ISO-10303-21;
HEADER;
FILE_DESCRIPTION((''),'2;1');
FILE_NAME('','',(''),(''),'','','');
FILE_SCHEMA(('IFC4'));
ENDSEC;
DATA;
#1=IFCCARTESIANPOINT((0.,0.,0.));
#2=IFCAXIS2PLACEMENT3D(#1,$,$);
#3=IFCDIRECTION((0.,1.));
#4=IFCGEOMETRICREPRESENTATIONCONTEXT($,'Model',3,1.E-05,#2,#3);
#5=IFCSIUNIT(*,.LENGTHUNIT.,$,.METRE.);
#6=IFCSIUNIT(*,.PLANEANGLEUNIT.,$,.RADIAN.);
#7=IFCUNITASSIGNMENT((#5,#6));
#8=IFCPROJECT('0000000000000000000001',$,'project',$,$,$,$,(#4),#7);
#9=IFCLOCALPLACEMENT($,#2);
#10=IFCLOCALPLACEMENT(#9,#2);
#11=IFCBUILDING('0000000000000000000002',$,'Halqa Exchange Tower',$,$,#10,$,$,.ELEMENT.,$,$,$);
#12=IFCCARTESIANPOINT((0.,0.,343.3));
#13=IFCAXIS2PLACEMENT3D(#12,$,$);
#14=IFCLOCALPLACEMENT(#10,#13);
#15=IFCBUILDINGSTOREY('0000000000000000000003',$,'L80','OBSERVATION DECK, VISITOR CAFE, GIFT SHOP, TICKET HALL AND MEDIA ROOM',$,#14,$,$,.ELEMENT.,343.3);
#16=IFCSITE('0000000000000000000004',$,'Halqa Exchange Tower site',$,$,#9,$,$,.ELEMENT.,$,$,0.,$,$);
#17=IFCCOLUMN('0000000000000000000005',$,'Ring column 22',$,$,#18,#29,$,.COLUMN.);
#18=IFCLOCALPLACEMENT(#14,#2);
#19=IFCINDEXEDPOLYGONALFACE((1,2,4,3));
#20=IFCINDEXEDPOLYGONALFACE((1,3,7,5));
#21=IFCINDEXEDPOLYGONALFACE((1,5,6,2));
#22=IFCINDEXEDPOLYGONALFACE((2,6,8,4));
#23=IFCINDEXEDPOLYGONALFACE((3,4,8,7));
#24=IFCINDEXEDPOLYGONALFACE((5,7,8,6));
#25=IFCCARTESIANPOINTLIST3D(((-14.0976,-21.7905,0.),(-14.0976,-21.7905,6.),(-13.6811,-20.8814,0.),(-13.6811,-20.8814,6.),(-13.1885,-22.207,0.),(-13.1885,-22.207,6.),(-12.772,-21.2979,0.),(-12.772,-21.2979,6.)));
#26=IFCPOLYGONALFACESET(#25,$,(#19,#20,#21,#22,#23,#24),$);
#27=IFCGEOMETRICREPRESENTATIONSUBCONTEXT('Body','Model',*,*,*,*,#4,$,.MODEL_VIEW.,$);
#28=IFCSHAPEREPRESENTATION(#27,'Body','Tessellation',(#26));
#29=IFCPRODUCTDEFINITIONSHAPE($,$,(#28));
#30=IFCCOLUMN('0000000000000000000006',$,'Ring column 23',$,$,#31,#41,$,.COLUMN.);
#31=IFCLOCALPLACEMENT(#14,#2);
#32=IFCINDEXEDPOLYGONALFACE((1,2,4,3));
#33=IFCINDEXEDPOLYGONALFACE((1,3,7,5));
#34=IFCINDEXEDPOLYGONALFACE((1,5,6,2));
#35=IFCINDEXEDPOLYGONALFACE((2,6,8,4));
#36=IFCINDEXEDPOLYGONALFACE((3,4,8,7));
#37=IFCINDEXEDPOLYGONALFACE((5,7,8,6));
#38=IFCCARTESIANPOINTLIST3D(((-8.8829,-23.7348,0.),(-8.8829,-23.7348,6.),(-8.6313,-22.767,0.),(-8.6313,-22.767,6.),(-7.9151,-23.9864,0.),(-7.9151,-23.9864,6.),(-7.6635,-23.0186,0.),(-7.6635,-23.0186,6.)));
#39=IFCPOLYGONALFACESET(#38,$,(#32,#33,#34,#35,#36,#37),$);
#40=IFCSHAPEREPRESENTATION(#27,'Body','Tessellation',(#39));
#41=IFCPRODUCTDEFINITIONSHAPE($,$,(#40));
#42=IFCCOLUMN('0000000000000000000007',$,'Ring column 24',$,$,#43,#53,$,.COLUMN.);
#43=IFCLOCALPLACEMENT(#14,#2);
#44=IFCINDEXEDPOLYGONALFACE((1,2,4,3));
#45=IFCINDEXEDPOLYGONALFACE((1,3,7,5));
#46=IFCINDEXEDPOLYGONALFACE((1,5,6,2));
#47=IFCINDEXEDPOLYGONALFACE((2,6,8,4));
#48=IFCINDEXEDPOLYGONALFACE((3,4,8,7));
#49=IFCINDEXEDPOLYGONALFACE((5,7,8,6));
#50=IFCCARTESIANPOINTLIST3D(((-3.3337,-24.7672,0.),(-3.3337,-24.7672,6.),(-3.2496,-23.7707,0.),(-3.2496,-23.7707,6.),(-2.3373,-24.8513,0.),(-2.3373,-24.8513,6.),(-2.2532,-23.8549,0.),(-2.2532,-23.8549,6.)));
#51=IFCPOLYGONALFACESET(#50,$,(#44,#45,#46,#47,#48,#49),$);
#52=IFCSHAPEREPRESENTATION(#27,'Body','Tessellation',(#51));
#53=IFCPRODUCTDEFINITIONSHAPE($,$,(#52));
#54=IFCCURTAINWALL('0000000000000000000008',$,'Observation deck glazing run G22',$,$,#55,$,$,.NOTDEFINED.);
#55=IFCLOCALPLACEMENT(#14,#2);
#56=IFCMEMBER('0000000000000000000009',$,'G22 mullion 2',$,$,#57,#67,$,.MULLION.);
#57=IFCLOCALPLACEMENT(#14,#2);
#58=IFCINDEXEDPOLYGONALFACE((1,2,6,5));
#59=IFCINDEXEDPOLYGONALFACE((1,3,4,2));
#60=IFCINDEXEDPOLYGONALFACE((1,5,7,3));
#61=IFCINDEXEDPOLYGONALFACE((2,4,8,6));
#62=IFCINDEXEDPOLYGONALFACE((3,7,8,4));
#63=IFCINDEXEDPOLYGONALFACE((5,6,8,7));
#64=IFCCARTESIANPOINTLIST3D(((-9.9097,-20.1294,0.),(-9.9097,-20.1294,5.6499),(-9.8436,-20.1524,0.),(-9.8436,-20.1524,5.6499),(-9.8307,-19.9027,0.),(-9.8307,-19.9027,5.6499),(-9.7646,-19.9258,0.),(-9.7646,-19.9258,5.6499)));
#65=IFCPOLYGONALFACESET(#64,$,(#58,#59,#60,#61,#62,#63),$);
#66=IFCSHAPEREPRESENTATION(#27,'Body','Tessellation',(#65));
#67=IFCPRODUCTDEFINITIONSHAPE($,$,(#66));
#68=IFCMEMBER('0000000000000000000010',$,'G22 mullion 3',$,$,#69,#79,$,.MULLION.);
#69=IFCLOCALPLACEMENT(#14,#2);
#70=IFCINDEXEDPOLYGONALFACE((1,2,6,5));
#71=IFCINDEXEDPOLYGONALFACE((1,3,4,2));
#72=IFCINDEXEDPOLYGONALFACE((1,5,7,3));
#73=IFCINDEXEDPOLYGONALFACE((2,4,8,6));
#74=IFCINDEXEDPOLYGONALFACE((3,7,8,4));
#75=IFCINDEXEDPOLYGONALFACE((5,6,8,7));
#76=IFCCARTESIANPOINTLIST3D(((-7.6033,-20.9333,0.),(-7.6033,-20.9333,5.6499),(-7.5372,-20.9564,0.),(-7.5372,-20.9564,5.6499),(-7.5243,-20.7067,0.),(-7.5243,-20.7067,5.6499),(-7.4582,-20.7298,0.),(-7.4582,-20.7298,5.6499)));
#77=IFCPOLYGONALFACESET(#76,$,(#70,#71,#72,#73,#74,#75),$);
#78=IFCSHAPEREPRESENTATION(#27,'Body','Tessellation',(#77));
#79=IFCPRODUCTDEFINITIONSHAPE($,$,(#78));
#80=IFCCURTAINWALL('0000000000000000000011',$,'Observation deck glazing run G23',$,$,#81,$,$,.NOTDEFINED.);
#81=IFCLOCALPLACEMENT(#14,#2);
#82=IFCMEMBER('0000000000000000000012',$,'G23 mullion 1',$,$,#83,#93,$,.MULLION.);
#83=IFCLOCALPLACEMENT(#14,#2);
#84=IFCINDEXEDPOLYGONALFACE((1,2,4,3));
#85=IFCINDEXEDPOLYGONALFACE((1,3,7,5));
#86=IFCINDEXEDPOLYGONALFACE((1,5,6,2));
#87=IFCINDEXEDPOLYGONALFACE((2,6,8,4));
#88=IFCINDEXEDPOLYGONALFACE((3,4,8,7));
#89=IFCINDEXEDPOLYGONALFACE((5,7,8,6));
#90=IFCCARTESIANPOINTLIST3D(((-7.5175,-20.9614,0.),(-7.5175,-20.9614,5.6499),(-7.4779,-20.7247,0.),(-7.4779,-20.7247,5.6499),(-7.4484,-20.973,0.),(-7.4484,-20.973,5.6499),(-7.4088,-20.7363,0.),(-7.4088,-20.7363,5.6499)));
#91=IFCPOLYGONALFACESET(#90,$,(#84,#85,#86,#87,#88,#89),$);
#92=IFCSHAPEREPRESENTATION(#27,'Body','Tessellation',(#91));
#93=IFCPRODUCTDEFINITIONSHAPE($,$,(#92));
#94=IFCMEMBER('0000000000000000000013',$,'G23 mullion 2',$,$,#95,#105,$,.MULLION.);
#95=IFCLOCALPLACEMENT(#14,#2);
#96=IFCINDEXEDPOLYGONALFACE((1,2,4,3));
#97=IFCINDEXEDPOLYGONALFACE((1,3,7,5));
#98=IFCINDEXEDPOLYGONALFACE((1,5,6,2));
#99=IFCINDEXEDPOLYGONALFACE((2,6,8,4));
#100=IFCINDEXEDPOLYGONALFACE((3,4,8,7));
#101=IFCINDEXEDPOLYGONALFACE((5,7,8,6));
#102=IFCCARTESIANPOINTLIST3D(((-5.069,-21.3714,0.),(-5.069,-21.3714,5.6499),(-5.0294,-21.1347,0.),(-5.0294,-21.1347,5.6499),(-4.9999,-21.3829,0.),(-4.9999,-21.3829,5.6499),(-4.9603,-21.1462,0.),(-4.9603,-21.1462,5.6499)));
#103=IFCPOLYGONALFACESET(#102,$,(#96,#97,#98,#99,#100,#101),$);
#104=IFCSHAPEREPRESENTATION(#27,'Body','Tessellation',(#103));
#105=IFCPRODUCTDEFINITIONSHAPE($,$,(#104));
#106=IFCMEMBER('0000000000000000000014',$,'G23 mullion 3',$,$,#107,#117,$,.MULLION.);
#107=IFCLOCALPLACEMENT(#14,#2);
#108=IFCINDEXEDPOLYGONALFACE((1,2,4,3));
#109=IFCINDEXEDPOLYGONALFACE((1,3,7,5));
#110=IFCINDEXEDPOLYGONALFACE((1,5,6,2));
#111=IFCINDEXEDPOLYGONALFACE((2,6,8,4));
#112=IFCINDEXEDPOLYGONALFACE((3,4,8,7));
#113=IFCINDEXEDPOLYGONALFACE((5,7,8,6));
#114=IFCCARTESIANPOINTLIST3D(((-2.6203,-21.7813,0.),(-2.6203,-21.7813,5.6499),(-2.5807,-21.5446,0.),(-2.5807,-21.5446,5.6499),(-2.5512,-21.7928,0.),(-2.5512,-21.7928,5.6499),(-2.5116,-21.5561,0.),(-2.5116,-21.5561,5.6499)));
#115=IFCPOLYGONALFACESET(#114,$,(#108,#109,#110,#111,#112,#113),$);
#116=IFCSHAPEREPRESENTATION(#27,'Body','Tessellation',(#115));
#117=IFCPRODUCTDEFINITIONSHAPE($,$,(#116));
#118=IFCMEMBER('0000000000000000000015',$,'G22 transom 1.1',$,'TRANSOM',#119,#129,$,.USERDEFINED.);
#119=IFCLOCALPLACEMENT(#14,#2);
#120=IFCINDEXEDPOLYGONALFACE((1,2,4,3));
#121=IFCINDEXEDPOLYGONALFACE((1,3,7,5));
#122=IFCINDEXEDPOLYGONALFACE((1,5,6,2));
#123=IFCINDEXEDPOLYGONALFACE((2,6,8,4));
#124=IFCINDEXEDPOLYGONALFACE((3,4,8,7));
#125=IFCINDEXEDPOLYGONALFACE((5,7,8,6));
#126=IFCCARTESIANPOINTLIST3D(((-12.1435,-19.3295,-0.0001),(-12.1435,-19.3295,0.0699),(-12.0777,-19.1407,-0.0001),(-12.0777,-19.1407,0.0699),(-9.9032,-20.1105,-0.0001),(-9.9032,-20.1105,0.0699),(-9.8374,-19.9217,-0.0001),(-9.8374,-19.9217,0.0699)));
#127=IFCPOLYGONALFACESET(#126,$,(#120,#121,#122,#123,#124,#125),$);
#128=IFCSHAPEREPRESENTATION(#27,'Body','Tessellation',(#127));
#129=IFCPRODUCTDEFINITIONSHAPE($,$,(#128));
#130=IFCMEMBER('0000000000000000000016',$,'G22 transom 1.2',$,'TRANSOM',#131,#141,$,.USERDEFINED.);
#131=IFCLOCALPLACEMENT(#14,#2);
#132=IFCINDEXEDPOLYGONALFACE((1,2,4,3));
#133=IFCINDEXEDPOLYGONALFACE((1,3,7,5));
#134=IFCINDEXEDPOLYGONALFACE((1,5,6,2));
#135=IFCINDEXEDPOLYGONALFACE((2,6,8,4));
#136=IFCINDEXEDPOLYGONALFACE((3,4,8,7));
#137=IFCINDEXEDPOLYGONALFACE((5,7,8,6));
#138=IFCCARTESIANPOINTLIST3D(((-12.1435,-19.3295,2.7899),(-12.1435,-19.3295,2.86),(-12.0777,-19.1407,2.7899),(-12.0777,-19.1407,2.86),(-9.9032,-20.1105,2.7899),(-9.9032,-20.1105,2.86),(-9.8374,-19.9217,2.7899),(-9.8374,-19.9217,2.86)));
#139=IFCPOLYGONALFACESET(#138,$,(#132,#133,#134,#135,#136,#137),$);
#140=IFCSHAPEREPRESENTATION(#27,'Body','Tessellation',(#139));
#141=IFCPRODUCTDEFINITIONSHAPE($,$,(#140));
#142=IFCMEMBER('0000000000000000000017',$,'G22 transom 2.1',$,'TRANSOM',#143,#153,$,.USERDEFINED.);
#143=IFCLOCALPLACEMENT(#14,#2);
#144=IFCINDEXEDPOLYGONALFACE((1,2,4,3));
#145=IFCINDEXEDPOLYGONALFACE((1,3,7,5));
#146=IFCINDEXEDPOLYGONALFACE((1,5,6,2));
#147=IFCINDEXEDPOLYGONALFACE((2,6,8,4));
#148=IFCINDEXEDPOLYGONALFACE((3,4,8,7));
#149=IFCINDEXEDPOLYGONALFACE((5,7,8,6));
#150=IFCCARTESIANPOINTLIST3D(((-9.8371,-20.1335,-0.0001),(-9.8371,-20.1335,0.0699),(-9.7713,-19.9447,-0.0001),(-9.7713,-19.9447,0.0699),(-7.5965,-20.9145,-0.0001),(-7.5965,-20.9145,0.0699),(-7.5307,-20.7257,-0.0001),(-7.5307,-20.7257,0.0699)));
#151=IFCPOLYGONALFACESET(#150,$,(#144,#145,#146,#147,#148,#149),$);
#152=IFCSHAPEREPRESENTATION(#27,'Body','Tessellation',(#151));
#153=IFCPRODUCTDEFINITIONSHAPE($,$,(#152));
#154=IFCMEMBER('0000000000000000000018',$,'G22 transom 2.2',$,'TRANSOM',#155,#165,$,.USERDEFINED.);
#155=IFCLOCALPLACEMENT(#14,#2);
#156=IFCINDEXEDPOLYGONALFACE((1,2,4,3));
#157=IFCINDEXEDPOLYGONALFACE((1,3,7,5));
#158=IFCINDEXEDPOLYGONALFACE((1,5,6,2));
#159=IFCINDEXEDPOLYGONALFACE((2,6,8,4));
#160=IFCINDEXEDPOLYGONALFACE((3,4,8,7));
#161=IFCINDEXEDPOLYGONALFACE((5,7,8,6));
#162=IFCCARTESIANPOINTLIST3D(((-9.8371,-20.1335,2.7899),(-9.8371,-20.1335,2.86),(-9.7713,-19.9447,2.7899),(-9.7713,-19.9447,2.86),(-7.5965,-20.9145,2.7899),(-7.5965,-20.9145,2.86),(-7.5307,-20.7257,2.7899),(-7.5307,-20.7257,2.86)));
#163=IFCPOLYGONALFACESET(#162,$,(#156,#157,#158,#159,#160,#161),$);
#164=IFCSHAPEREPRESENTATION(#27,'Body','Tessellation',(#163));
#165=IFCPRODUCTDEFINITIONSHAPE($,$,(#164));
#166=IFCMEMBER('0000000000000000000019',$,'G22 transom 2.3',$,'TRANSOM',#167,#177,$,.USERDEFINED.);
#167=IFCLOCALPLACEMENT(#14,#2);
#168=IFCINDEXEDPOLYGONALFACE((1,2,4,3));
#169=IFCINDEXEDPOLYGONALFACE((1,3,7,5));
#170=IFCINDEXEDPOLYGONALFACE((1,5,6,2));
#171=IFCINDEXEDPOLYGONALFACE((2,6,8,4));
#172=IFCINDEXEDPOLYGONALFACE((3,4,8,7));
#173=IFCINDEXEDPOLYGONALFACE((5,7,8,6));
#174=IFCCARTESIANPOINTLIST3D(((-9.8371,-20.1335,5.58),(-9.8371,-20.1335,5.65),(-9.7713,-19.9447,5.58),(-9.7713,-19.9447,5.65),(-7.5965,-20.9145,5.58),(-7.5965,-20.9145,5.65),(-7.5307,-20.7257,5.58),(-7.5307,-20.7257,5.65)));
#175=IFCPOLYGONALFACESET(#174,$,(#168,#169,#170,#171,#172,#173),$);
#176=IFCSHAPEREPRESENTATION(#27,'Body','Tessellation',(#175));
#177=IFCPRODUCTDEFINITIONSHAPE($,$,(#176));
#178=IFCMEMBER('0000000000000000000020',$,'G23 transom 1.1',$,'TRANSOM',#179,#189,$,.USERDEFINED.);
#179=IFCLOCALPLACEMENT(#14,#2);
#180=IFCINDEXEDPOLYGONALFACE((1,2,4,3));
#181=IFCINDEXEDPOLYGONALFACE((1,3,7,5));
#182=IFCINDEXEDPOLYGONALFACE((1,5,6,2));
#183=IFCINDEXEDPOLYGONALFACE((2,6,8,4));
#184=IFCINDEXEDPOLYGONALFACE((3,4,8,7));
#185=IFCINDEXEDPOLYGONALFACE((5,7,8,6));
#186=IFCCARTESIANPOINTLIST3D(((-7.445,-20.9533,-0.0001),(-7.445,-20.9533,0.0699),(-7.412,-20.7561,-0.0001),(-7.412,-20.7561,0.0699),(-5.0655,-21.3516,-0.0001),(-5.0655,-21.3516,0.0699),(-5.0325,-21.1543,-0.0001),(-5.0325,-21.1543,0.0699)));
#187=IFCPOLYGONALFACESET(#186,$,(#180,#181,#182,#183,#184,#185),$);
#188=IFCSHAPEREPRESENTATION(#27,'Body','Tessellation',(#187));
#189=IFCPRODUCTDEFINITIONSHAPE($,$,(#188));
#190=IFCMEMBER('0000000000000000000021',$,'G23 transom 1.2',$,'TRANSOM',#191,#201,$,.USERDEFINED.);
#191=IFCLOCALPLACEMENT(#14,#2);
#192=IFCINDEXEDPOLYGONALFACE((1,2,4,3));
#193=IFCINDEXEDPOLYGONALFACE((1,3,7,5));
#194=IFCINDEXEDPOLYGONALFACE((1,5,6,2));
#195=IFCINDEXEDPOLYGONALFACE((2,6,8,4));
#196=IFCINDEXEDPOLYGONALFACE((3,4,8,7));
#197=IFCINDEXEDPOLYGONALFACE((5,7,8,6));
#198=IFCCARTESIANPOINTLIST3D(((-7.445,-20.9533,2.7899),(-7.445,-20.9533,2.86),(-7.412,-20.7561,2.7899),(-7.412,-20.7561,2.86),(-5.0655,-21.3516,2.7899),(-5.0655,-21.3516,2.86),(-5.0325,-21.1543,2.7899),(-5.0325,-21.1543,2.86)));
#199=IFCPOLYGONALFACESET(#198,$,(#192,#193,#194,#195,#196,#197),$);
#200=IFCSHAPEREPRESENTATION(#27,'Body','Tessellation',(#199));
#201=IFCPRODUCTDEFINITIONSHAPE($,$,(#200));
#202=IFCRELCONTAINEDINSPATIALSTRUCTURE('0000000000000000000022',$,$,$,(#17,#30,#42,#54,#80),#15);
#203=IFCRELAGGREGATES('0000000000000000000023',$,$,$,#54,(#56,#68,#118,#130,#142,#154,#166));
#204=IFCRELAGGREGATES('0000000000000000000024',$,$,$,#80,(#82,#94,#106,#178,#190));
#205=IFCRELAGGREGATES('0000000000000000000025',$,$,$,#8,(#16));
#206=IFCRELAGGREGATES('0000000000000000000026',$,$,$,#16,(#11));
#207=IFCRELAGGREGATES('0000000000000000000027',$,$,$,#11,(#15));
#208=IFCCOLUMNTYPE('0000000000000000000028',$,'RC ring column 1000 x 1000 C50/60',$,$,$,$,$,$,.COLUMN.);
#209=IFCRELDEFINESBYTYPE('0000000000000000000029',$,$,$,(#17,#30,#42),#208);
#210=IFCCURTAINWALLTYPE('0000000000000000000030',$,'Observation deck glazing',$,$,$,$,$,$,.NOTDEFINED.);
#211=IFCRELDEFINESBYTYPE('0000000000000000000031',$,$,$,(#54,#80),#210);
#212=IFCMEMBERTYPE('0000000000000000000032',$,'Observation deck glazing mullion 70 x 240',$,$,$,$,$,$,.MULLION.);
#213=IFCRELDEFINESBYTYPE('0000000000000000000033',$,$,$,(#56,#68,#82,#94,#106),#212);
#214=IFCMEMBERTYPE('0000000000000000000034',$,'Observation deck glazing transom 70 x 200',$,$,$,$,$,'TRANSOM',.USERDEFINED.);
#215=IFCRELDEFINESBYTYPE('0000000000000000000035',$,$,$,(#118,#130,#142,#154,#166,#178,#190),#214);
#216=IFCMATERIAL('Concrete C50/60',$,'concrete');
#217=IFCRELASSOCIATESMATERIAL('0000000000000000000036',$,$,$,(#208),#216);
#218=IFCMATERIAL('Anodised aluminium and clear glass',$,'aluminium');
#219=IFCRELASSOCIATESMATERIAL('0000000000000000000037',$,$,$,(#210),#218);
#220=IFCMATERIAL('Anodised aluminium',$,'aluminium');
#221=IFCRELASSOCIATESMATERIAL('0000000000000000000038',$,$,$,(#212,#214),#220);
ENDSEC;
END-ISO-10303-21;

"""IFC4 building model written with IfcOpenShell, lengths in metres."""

from ifc_helpers import new_model, si_unit, direction, frame, origin, origin_2d, place, context, subcontext, project, spatial, rectangle, extrude, material, material_profile, profile_set, type_object, element, aggregate, save


model = new_model("IFC4")

# Units and contexts
model_context = context("Model", 3, precision=1e-05, world=origin(), true_north=direction((0.0, 1.0)))
body_context = subcontext(model_context, "Body", "Model", "MODEL_VIEW")
ifc_project = project(units=[si_unit("LENGTHUNIT", "METRE"), si_unit("PLANEANGLEUNIT", "RADIAN")], contexts=[model_context])

# Site, building, storey
site_placement = place(None, origin())
site = spatial("IfcSite", under=ifc_project, at=site_placement, Name="Halqa Exchange Tower site", CompositionType="ELEMENT", RefElevation=0.0)
building_placement = place(site_placement, origin())
building = spatial("IfcBuilding", under=site, at=building_placement, Name="Halqa Exchange Tower", CompositionType="ELEMENT")
storey_placement = place(building_placement, frame((0.0, 0.0, 343.3)))
storey = spatial("IfcBuildingStorey", under=building, at=storey_placement, Name="L80", Description="OBSERVATION DECK, VISITOR CAFE, GIFT SHOP, TICKET HALL AND MEDIA ROOM", CompositionType="ELEMENT", Elevation=343.3)

# Columns
ifc_material_1 = material(Name="Concrete C50/60", Category="concrete")
ifc_material_profile_1 = material_profile(ifc_material_1, rectangle(XDim=1.0, YDim=1.0, at=origin_2d()), Name="1000 x 1000")
ifc_profile_set_1 = profile_set([ifc_material_profile_1], Name="Concrete C50/60")
column_type = type_object("IfcColumnType", Name="RC ring column 1000 x 1000 C50/60", PredefinedType="COLUMN", material=ifc_profile_set_1)
for number, where, z_axis, x_axis, name in (
    (1, (-13.4348, -21.5442, 0.0), (0.0, 0.0, 1.0), (0.909129, -0.416516, 0.0), "Ring column 22"),
    (2, (-8.2732, -23.3767, 0.0), (0.0, 0.0, 1.0), (0.967819, -0.251647, 0.0), "Ring column 23"),
    (3, (-2.7935, -24.311, 0.0), (0.0, 0.0, 1.0), (0.996455, -0.084127, 0.0), "Ring column 24"),
):
    element("IfcColumn", number, at=place(storey_placement, frame(where, z_axis=z_axis, x_axis=x_axis)), inside=storey, type_object=column_type, Name=name, PredefinedType="COLUMN", context=body_context, shape_type="SweptSolid", body=[
        extrude(rectangle(XDim=1.0, YDim=1.0, at=origin_2d()), origin(), (0.0, 0.0, 1.0), 6.0),
    ])

# Curtain walls, members
ifc_material_2 = material(Name="Anodised aluminium and clear glass", Category="aluminium")
curtain_wall_type = type_object("IfcCurtainWallType", Name="Observation deck glazing", PredefinedType="NOTDEFINED", material=ifc_material_2)
curtain_wall_1_placement = place(storey_placement, origin())
curtain_wall_1 = element("IfcCurtainWall", 4, at=curtain_wall_1_placement, inside=storey, type_object=curtain_wall_type, Name="Observation deck glazing run G22", PredefinedType="NOTDEFINED")
ifc_material_3 = material(Name="Anodised aluminium", Category="aluminium")
ifc_material_profile_2 = material_profile(ifc_material_3, rectangle(XDim=0.24, YDim=0.0701, at=origin_2d()), Name="AL 70x240")
ifc_profile_set_2 = profile_set([ifc_material_profile_2], Name="Anodised aluminium")
member_type_1 = type_object("IfcMemberType", Name="Observation deck glazing mullion 70 x 240", PredefinedType="MULLION", material=ifc_profile_set_2)
member_1_placement = place(storey_placement, frame((-9.8372, -20.0276, 0.0), z_axis=(0.0, 0.0, 1.0), x_axis=(0.32916, 0.944274, 0.0)))
member_1 = element("IfcMember", 5, at=member_1_placement, type_object=member_type_1, Name="G22 mullion 2", PredefinedType="MULLION", context=body_context, shape_type="SweptSolid", body=[
    extrude(rectangle(XDim=0.24, YDim=0.0701, at=origin_2d()), origin(), (0.0, 0.0, 1.0), 5.6499),
])
member_2_placement = place(storey_placement, frame((-7.5308, -20.8315, 0.0), z_axis=(0.0, 0.0, 1.0), x_axis=(0.32916, 0.944274, 0.0)))
member_2 = element("IfcMember", 6, at=member_2_placement, type_object=member_type_1, Name="G22 mullion 3", PredefinedType="MULLION", context=body_context, shape_type="SweptSolid", body=[
    extrude(rectangle(XDim=0.24, YDim=0.0701, at=origin_2d()), origin(), (0.0, 0.0, 1.0), 5.6499),
])
curtain_wall_2_placement = place(storey_placement, origin())
curtain_wall_2 = element("IfcCurtainWall", 7, at=curtain_wall_2_placement, inside=storey, type_object=curtain_wall_type, Name="Observation deck glazing run G23", PredefinedType="NOTDEFINED")
member_3_placement = place(storey_placement, frame((-7.4631, -20.8489, 0.0), z_axis=(0.0, 0.0, 1.0), x_axis=(0.165117, 0.986274, 0.0)))
member_3 = element("IfcMember", 8, at=member_3_placement, type_object=member_type_1, Name="G23 mullion 1", PredefinedType="MULLION", context=body_context, shape_type="SweptSolid", body=[
    extrude(rectangle(XDim=0.24, YDim=0.0701, at=origin_2d()), origin(), (0.0, 0.0, 1.0), 5.6499),
])
member_4_placement = place(storey_placement, frame((-5.0146, -21.2588, 0.0), z_axis=(0.0, 0.0, 1.0), x_axis=(0.165117, 0.986274, 0.0)))
member_4 = element("IfcMember", 9, at=member_4_placement, type_object=member_type_1, Name="G23 mullion 2", PredefinedType="MULLION", context=body_context, shape_type="SweptSolid", body=[
    extrude(rectangle(XDim=0.24, YDim=0.0701, at=origin_2d()), origin(), (0.0, 0.0, 1.0), 5.6499),
])
member_5_placement = place(storey_placement, frame((-2.5659, -21.6687, 0.0), z_axis=(0.0, 0.0, 1.0), x_axis=(0.165117, 0.986274, 0.0)))
member_5 = element("IfcMember", 10, at=member_5_placement, type_object=member_type_1, Name="G23 mullion 3", PredefinedType="MULLION", context=body_context, shape_type="SweptSolid", body=[
    extrude(rectangle(XDim=0.24, YDim=0.0701, at=origin_2d()), origin(), (0.0, 0.0, 1.0), 5.6499),
])

# Members
ifc_material_profile_3 = material_profile(ifc_material_3, rectangle(XDim=0.2, YDim=0.0701, at=origin_2d()), Name="AL 70x200")
ifc_profile_set_3 = profile_set([ifc_material_profile_3], Name="Anodised aluminium")
member_type_2 = type_object("IfcMemberType", Name="Observation deck glazing transom 70 x 200", ElementType="TRANSOM", PredefinedType="USERDEFINED", material=ifc_profile_set_3)
member_6_placement = place(storey_placement, frame((-12.1106, -19.2351, 0.0349), z_axis=(0.944262, -0.329195, 0.0), x_axis=(0.329195, 0.944262, 0.0)))
member_6 = element("IfcMember", 11, at=member_6_placement, type_object=member_type_2, Name="G22 transom 1.1", ObjectType="TRANSOM", PredefinedType="USERDEFINED", context=body_context, shape_type="SweptSolid", body=[
    extrude(rectangle(XDim=0.2, YDim=0.0701, at=origin_2d()), origin(), (0.0, 0.0, 1.0), 2.3726),
])
member_7_placement = place(storey_placement, frame((-12.1106, -19.2351, 2.825), z_axis=(0.944262, -0.329195, 0.0), x_axis=(0.329195, 0.944262, 0.0)))
member_7 = element("IfcMember", 12, at=member_7_placement, type_object=member_type_2, Name="G22 transom 1.2", ObjectType="TRANSOM", PredefinedType="USERDEFINED", context=body_context, shape_type="SweptSolid", body=[
    extrude(rectangle(XDim=0.2, YDim=0.0701, at=origin_2d()), origin(), (0.0, 0.0, 1.0), 2.3726),
])
member_8_placement = place(storey_placement, frame((-9.8042, -20.0391, 0.0349), z_axis=(0.944273, -0.329163, 0.0), x_axis=(0.329163, 0.944273, 0.0)))
member_8 = element("IfcMember", 13, at=member_8_placement, type_object=member_type_2, Name="G22 transom 2.1", ObjectType="TRANSOM", PredefinedType="USERDEFINED", context=body_context, shape_type="SweptSolid", body=[
    extrude(rectangle(XDim=0.2, YDim=0.0701, at=origin_2d()), origin(), (0.0, 0.0, 1.0), 2.3728),
])
member_9_placement = place(storey_placement, frame((-9.8042, -20.0391, 2.825), z_axis=(0.944273, -0.329163, 0.0), x_axis=(0.329163, 0.944273, 0.0)))
member_9 = element("IfcMember", 14, at=member_9_placement, type_object=member_type_2, Name="G22 transom 2.2", ObjectType="TRANSOM", PredefinedType="USERDEFINED", context=body_context, shape_type="SweptSolid", body=[
    extrude(rectangle(XDim=0.2, YDim=0.0701, at=origin_2d()), origin(), (0.0, 0.0, 1.0), 2.3728),
])
member_10_placement = place(storey_placement, frame((-9.8042, -20.0391, 5.615), z_axis=(0.944273, -0.329163, 0.0), x_axis=(0.329163, 0.944273, 0.0)))
member_10 = element("IfcMember", 15, at=member_10_placement, type_object=member_type_2, Name="G22 transom 2.3", ObjectType="TRANSOM", PredefinedType="USERDEFINED", context=body_context, shape_type="SweptSolid", body=[
    extrude(rectangle(XDim=0.2, YDim=0.0701, at=origin_2d()), origin(), (0.0, 0.0, 1.0), 2.3728),
])
member_11_placement = place(storey_placement, frame((-7.4285, -20.8547, 0.0349), z_axis=(0.986284, -0.165055, 0.0), x_axis=(0.165055, 0.986284, 0.0)))
member_11 = element("IfcMember", 16, at=member_11_placement, type_object=member_type_2, Name="G23 transom 1.1", ObjectType="TRANSOM", PredefinedType="USERDEFINED", context=body_context, shape_type="SweptSolid", body=[
    extrude(rectangle(XDim=0.2, YDim=0.0701, at=origin_2d()), origin(), (0.0, 0.0, 1.0), 2.4126),
])
member_12_placement = place(storey_placement, frame((-7.4285, -20.8547, 2.825), z_axis=(0.986284, -0.165055, 0.0), x_axis=(0.165055, 0.986284, 0.0)))
member_12 = element("IfcMember", 17, at=member_12_placement, type_object=member_type_2, Name="G23 transom 1.2", ObjectType="TRANSOM", PredefinedType="USERDEFINED", context=body_context, shape_type="SweptSolid", body=[
    extrude(rectangle(XDim=0.2, YDim=0.0701, at=origin_2d()), origin(), (0.0, 0.0, 1.0), 2.4126),
])

aggregate(curtain_wall_1, [member_1, member_2, member_6, member_7, member_8, member_9, member_10])
aggregate(curtain_wall_2, [member_3, member_4, member_5, member_11, member_12])

save(model, "model.ifc")
